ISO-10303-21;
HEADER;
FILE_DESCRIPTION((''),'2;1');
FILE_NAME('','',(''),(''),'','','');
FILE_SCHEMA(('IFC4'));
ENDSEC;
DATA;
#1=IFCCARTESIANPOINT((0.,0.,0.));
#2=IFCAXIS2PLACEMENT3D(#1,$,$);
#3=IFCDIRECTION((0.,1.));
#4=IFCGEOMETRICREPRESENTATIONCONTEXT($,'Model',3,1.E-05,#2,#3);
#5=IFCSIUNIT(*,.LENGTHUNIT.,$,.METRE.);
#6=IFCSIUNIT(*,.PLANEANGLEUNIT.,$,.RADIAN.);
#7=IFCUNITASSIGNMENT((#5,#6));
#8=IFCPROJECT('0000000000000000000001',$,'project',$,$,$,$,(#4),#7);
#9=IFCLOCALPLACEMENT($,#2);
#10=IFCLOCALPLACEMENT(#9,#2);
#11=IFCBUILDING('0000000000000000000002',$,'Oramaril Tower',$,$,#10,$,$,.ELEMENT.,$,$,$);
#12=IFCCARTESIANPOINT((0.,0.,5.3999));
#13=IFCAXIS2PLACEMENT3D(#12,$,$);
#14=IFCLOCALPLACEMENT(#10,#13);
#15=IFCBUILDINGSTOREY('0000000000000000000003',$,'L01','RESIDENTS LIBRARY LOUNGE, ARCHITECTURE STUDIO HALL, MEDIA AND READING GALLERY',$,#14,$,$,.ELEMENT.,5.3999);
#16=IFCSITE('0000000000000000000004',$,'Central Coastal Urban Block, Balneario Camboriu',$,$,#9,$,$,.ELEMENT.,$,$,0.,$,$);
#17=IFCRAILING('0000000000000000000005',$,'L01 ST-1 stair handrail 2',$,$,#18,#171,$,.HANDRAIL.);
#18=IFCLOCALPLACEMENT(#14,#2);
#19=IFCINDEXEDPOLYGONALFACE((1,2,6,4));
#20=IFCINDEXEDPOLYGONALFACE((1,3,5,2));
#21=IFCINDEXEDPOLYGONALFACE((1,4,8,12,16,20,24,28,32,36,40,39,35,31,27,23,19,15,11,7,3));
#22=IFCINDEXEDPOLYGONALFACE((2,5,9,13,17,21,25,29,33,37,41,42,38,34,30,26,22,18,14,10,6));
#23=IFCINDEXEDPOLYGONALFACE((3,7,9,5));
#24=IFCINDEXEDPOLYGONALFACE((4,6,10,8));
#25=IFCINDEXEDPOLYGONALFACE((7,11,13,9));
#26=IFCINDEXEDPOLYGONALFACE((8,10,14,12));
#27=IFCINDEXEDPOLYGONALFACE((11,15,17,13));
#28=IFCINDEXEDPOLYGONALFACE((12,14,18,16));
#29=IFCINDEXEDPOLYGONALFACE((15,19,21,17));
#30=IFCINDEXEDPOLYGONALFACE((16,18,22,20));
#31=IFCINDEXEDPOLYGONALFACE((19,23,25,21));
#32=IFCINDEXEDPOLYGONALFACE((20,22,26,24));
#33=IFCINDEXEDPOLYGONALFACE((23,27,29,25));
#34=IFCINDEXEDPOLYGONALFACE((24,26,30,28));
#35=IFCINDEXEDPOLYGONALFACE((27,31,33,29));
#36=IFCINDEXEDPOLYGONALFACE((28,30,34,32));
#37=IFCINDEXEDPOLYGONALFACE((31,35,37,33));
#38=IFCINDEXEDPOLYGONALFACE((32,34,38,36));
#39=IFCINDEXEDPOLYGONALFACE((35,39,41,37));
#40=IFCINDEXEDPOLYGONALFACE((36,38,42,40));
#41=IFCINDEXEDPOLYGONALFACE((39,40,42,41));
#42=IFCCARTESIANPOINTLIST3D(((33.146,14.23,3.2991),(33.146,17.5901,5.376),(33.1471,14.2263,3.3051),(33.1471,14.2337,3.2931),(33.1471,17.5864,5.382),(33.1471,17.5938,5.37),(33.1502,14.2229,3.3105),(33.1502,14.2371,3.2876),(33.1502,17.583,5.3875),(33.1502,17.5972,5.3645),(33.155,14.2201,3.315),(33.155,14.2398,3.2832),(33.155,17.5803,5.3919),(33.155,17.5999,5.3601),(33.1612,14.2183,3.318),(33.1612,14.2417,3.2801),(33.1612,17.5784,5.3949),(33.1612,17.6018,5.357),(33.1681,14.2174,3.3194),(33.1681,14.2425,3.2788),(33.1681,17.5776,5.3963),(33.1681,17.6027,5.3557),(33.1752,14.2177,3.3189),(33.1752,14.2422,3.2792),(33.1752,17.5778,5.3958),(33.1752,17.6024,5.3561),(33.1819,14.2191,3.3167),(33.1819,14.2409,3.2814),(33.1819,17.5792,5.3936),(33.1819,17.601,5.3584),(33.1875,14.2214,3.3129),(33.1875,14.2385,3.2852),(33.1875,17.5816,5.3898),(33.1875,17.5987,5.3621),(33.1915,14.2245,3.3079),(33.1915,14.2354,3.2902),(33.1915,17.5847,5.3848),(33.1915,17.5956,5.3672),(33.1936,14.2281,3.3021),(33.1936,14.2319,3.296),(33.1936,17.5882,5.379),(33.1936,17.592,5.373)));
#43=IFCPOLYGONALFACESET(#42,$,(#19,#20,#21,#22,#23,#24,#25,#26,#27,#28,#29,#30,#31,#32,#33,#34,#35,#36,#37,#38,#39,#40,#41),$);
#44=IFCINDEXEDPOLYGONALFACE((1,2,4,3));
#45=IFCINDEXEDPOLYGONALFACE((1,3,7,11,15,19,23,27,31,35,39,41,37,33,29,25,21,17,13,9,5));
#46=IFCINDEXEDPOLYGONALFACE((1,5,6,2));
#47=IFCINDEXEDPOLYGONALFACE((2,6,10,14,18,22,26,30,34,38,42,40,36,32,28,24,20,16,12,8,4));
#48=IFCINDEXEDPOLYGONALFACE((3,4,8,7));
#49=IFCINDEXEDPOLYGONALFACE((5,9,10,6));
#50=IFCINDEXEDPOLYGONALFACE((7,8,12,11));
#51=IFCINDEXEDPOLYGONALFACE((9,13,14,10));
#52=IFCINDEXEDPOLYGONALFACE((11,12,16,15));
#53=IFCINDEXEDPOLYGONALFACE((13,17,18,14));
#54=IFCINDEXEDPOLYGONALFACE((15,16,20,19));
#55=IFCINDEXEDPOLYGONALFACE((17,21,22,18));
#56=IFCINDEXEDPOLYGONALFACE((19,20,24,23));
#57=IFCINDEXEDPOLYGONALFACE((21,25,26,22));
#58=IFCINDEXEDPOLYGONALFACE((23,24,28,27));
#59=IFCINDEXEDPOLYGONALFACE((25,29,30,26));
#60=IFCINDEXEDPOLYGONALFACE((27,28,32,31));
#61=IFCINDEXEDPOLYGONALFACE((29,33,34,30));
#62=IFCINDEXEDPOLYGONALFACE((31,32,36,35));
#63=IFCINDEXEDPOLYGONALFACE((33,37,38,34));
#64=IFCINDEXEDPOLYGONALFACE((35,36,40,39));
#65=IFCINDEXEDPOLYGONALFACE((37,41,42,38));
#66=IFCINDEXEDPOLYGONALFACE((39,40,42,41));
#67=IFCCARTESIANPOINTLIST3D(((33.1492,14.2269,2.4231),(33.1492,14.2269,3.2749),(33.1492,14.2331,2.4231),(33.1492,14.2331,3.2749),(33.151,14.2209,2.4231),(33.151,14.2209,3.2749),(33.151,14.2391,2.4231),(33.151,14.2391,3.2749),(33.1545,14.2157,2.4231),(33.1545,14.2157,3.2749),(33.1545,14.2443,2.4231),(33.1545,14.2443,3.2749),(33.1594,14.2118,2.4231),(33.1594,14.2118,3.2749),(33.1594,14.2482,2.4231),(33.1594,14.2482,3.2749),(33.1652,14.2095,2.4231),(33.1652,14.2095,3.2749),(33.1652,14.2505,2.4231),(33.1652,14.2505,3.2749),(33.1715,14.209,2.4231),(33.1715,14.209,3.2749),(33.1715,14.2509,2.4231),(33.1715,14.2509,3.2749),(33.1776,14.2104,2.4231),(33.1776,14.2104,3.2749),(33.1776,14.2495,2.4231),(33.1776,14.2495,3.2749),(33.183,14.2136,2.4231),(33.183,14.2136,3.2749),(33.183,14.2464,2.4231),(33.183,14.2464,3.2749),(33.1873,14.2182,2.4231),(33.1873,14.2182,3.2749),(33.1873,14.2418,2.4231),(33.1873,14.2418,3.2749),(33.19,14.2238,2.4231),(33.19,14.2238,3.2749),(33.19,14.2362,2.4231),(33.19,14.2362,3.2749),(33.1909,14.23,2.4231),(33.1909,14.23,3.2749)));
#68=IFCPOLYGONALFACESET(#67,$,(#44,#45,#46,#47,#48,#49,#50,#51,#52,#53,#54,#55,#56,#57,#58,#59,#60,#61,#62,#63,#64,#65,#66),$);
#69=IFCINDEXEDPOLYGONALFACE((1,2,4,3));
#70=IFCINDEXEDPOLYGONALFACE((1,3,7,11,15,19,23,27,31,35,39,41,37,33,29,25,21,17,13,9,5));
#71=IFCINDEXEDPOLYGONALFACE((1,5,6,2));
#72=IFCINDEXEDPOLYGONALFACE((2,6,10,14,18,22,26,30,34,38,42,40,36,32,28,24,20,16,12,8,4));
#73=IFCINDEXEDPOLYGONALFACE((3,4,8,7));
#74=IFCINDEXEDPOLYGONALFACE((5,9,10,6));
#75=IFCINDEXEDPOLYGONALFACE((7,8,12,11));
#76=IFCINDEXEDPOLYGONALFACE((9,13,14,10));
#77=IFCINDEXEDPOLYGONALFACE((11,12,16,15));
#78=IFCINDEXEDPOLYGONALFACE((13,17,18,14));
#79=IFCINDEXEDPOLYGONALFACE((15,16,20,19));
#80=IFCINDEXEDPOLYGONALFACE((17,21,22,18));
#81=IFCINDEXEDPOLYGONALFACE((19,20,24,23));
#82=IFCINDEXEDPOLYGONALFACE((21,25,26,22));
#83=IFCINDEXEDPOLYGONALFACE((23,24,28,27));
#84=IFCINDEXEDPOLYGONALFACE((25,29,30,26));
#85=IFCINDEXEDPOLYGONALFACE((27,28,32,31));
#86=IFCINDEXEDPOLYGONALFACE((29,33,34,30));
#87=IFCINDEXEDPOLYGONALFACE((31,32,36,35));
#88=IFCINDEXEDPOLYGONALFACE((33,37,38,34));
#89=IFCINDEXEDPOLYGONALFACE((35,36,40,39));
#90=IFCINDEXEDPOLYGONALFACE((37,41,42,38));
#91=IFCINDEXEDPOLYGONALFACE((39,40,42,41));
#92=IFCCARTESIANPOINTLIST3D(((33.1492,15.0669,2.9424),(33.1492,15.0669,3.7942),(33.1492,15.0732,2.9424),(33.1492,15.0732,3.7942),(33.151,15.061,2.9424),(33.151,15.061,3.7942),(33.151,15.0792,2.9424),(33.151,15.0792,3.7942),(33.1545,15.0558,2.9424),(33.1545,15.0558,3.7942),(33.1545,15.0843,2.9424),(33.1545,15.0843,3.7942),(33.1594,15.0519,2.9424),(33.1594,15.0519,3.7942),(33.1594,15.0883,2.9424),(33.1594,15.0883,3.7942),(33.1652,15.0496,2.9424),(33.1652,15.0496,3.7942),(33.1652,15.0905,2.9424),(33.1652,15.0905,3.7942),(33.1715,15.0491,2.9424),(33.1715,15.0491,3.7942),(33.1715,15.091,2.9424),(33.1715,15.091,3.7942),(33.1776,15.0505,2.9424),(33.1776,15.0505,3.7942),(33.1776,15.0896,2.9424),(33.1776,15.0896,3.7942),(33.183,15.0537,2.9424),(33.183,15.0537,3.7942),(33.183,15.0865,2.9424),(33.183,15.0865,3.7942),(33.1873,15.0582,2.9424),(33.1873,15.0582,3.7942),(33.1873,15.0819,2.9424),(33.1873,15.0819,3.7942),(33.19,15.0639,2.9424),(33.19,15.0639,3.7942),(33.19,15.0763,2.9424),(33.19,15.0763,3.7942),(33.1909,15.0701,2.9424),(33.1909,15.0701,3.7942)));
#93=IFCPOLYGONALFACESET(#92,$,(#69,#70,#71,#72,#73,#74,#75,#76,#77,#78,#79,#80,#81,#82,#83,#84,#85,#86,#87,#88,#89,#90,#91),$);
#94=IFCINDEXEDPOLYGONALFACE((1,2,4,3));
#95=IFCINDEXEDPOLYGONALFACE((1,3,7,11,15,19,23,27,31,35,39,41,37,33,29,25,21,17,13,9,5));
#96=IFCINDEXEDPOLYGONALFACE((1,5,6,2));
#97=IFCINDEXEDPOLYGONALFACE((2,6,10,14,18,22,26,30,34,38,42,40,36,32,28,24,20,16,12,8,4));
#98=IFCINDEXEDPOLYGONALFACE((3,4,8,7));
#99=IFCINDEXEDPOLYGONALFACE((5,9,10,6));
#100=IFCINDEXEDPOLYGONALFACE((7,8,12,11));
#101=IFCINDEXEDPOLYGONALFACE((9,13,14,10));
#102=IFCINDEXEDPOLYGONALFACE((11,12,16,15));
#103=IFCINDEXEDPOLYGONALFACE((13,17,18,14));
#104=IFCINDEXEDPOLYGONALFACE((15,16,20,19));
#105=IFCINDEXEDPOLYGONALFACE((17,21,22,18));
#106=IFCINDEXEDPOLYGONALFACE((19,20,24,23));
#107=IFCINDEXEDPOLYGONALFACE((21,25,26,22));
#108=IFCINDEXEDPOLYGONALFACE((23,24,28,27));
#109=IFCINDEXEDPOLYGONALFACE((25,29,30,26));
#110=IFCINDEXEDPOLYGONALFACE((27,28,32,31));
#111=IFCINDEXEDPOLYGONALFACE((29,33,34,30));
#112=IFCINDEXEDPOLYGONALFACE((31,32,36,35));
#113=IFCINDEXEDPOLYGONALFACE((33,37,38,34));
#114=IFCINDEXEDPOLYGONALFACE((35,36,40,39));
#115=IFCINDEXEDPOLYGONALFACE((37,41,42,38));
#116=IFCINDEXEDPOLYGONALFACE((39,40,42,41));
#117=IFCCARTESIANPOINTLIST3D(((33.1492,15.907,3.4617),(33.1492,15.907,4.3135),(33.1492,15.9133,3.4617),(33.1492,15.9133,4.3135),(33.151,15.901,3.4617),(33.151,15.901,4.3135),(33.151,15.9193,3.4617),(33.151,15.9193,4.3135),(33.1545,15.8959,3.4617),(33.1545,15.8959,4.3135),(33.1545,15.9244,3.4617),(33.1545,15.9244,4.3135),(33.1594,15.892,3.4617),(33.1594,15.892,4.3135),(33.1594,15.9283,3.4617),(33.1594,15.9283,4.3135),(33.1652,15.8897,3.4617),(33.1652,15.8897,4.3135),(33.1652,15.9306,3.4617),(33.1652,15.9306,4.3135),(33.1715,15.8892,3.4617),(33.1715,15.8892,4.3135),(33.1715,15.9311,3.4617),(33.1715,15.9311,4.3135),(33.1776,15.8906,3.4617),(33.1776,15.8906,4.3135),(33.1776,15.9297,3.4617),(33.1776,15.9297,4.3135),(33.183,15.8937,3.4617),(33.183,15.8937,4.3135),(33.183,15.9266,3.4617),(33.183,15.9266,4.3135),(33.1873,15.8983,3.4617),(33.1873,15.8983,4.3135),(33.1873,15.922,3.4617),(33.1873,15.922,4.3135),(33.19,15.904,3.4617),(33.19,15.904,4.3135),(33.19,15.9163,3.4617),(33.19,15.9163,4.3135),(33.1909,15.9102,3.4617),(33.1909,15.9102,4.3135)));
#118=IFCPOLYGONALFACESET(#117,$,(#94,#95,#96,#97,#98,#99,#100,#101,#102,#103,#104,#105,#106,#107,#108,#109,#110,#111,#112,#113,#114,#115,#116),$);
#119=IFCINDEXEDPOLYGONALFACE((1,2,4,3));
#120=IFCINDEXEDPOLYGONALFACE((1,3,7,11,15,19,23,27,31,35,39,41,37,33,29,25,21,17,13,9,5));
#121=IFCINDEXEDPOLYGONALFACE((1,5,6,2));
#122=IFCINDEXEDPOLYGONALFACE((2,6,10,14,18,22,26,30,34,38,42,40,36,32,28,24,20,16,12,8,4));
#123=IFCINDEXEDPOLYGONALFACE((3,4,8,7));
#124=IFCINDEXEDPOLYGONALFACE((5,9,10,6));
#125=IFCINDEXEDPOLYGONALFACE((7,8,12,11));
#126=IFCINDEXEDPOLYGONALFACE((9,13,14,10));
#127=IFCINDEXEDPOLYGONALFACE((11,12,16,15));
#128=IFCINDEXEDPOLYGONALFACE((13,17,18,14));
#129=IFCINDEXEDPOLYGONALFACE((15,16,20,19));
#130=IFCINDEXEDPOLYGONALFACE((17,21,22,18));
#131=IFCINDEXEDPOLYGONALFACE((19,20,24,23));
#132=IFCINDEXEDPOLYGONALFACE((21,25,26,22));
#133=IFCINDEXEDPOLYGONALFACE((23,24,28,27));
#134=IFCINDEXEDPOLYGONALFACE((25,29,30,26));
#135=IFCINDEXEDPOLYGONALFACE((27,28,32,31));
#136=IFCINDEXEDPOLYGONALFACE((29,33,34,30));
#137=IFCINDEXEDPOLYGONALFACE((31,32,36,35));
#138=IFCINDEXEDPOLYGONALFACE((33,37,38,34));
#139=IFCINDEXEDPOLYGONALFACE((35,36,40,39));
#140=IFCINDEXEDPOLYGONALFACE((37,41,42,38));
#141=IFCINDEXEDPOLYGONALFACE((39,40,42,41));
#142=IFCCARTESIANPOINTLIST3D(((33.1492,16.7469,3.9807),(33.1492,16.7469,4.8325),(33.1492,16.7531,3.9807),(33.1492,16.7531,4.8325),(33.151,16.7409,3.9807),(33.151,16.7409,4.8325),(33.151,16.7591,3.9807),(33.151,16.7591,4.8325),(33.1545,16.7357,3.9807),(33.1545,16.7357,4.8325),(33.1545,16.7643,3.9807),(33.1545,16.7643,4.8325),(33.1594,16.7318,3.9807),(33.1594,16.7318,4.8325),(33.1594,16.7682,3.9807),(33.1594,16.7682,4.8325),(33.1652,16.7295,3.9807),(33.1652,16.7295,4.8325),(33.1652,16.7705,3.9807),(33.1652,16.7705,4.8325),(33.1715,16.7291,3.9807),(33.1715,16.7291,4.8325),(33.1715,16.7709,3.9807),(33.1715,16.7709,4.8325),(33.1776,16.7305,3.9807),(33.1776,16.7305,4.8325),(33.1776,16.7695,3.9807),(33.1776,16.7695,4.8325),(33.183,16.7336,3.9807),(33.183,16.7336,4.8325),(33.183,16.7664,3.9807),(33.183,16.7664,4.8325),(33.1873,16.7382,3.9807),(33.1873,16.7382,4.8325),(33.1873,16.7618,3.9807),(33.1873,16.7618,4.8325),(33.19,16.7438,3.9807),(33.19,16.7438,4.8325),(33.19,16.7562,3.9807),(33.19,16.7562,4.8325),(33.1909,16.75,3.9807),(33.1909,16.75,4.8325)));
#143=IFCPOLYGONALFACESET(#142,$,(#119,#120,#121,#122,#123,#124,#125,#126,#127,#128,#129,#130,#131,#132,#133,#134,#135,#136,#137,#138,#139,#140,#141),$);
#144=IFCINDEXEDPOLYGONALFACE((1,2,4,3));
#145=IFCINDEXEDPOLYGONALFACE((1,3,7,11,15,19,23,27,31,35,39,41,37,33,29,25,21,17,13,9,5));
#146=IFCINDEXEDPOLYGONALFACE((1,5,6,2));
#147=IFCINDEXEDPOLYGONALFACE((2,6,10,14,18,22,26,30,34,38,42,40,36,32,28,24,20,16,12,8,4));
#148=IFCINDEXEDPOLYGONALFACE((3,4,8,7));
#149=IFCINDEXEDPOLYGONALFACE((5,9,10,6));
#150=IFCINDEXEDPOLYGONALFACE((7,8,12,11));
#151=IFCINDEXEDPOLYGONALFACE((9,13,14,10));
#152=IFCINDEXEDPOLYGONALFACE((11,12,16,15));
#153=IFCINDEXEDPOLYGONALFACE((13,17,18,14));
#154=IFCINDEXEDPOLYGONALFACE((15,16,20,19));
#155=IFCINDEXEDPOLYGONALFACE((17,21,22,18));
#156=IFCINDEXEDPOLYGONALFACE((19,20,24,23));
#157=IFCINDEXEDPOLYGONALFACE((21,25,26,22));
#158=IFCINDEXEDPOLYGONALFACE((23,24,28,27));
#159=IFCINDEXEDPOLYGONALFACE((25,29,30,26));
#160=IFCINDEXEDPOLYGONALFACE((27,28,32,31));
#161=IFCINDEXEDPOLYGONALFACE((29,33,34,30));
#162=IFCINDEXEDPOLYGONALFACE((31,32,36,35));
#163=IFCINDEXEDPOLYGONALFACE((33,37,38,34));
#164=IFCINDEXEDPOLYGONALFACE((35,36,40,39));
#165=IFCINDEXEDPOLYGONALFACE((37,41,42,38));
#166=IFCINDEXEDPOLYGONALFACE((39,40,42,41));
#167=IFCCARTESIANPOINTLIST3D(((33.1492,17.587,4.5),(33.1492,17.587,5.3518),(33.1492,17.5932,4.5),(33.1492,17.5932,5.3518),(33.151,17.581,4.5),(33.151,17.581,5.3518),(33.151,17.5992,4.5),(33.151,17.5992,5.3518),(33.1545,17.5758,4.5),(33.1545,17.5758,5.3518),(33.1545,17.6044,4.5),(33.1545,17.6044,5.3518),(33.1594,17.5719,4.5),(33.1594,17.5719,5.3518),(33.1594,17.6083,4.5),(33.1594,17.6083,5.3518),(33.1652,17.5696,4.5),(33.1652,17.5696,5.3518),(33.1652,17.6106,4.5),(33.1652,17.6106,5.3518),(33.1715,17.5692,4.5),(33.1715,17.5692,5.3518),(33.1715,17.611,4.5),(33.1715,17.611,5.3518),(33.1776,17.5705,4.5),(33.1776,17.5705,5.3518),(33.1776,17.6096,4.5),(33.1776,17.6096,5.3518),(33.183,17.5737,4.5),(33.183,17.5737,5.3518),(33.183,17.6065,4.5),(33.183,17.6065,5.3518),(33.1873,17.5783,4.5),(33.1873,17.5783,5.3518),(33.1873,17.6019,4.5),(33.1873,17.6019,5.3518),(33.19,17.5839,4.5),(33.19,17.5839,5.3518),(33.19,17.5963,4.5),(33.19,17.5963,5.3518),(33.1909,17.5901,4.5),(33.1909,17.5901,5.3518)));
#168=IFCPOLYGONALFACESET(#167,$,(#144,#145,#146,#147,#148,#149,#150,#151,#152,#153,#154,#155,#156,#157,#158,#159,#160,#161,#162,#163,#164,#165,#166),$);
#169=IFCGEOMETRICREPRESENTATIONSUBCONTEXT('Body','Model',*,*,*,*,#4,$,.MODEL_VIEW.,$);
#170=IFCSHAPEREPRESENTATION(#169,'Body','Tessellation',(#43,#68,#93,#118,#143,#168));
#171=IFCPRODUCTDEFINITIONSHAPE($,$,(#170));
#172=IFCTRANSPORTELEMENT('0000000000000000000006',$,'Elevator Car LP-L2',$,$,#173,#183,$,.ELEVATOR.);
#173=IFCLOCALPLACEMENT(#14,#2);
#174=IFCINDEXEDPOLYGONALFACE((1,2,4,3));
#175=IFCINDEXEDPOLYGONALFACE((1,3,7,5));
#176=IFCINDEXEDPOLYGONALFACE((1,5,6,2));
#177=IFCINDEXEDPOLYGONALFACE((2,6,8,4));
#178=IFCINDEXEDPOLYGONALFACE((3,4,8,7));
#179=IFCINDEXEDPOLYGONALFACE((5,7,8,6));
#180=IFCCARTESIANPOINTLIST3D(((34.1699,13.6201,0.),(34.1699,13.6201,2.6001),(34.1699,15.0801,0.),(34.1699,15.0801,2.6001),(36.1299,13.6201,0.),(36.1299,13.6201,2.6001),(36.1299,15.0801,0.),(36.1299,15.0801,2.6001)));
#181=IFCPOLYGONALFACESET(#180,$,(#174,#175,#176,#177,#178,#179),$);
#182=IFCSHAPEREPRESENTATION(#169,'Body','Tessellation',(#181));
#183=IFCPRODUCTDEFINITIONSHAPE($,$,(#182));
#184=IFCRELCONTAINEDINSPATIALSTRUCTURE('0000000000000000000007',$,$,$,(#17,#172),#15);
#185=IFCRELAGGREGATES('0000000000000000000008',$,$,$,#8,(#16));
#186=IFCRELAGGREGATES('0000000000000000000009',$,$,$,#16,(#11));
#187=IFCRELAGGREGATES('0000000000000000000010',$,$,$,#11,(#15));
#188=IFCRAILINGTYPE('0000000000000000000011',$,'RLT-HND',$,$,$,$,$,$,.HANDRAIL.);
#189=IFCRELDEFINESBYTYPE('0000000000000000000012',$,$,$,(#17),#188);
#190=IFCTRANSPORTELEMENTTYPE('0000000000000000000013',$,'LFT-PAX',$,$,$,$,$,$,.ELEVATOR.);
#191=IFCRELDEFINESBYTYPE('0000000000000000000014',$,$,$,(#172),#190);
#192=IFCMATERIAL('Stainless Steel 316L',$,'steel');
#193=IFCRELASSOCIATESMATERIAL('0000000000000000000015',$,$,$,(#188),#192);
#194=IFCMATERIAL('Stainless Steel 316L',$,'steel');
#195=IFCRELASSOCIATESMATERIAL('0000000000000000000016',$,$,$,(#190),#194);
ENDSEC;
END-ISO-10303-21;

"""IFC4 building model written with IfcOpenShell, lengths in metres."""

from ifc_helpers import new_model, si_unit, direction, frame, origin, origin_2d, place, context, subcontext, project, spatial, rectangle, circle, extrude, material, type_object, element, save


model = new_model("IFC4")

# Units and contexts
model_context = context("Model", 3, precision=1e-05, world=origin(), true_north=direction((0.0, 1.0)))
body_context = subcontext(model_context, "Body", "Model", "MODEL_VIEW")
ifc_project = project(units=[si_unit("LENGTHUNIT", "METRE"), si_unit("PLANEANGLEUNIT", "RADIAN")], contexts=[model_context])

# Site, building, storey
site_placement = place(None, origin())
site = spatial("IfcSite", under=ifc_project, at=site_placement, Name="Central Coastal Urban Block, Balneario Camboriu", CompositionType="ELEMENT", RefElevation=0.0)
building_placement = place(site_placement, origin())
building = spatial("IfcBuilding", under=site, at=building_placement, Name="Oramaril Tower", CompositionType="ELEMENT")
storey_placement = place(building_placement, frame((0.0, 0.0, 5.3999)))
storey = spatial("IfcBuildingStorey", under=building, at=storey_placement, Name="L01", Description="RESIDENTS LIBRARY LOUNGE, ARCHITECTURE STUDIO HALL, MEDIA AND READING GALLERY", CompositionType="ELEMENT", Elevation=5.3999)

# Railing
ifc_material_1 = material(Name="Stainless Steel 316L", Category="steel")
railing_type_1 = type_object("IfcRailingType", Name="RLT-HND", PredefinedType="HANDRAIL", material=ifc_material_1)
railing_1_placement = place(storey_placement, frame((33.1699, 14.23, 2.4231)))
element("IfcRailing", 1, at=railing_1_placement, inside=storey, type_object=railing_type_1, Name="L01 ST-1 stair handrail 2", PredefinedType="HANDRAIL", context=body_context, shape_type="SweptSolid", body=[
    extrude(circle(Radius=0.0239, at=origin_2d()), frame((0.0, 0.0, 0.876), z_axis=(0.0, 0.850623, 0.525776), x_axis=(-1.0, 0.0, 0.0)), (0.0, 0.0, 1.0), 3.9502),
    extrude(circle(Radius=0.021, at=origin_2d()), origin(), (0.0, 0.0, 1.0), 0.8518),
    extrude(circle(Radius=0.021, at=origin_2d()), frame((0.0, 0.8401, 0.5193)), (0.0, 0.0, 1.0), 0.8518),
    extrude(circle(Radius=0.021, at=origin_2d()), frame((0.0, 1.6802, 1.0386)), (0.0, 0.0, 1.0), 0.8518),
    extrude(circle(Radius=0.021, at=origin_2d()), frame((0.0, 2.52, 1.5576)), (0.0, 0.0, 1.0), 0.8518),
    extrude(circle(Radius=0.021, at=origin_2d()), frame((0.0, 3.3601, 2.0769)), (0.0, 0.0, 1.0), 0.8518),
])

# Transport element
ifc_material_2 = material(Name="Stainless Steel 316L", Category="steel")
transport_element_type = type_object("IfcTransportElementType", Name="LFT-PAX", PredefinedType="ELEVATOR", material=ifc_material_2)
transport_element_placement = place(storey_placement, frame((35.1499, 14.3501, 0.0), z_axis=(0.0, 0.0, 1.0), x_axis=(1.0, 0.0, 0.0)))
element("IfcTransportElement", 2, at=transport_element_placement, inside=storey, type_object=transport_element_type, Name="Elevator Car LP-L2", PredefinedType="ELEVATOR", context=body_context, shape_type="SweptSolid", body=[
    extrude(rectangle(XDim=1.96, YDim=1.46, at=origin_2d()), origin(), (0.0, 0.0, 1.0), 2.6001),
])

save(model, "model.ifc")
